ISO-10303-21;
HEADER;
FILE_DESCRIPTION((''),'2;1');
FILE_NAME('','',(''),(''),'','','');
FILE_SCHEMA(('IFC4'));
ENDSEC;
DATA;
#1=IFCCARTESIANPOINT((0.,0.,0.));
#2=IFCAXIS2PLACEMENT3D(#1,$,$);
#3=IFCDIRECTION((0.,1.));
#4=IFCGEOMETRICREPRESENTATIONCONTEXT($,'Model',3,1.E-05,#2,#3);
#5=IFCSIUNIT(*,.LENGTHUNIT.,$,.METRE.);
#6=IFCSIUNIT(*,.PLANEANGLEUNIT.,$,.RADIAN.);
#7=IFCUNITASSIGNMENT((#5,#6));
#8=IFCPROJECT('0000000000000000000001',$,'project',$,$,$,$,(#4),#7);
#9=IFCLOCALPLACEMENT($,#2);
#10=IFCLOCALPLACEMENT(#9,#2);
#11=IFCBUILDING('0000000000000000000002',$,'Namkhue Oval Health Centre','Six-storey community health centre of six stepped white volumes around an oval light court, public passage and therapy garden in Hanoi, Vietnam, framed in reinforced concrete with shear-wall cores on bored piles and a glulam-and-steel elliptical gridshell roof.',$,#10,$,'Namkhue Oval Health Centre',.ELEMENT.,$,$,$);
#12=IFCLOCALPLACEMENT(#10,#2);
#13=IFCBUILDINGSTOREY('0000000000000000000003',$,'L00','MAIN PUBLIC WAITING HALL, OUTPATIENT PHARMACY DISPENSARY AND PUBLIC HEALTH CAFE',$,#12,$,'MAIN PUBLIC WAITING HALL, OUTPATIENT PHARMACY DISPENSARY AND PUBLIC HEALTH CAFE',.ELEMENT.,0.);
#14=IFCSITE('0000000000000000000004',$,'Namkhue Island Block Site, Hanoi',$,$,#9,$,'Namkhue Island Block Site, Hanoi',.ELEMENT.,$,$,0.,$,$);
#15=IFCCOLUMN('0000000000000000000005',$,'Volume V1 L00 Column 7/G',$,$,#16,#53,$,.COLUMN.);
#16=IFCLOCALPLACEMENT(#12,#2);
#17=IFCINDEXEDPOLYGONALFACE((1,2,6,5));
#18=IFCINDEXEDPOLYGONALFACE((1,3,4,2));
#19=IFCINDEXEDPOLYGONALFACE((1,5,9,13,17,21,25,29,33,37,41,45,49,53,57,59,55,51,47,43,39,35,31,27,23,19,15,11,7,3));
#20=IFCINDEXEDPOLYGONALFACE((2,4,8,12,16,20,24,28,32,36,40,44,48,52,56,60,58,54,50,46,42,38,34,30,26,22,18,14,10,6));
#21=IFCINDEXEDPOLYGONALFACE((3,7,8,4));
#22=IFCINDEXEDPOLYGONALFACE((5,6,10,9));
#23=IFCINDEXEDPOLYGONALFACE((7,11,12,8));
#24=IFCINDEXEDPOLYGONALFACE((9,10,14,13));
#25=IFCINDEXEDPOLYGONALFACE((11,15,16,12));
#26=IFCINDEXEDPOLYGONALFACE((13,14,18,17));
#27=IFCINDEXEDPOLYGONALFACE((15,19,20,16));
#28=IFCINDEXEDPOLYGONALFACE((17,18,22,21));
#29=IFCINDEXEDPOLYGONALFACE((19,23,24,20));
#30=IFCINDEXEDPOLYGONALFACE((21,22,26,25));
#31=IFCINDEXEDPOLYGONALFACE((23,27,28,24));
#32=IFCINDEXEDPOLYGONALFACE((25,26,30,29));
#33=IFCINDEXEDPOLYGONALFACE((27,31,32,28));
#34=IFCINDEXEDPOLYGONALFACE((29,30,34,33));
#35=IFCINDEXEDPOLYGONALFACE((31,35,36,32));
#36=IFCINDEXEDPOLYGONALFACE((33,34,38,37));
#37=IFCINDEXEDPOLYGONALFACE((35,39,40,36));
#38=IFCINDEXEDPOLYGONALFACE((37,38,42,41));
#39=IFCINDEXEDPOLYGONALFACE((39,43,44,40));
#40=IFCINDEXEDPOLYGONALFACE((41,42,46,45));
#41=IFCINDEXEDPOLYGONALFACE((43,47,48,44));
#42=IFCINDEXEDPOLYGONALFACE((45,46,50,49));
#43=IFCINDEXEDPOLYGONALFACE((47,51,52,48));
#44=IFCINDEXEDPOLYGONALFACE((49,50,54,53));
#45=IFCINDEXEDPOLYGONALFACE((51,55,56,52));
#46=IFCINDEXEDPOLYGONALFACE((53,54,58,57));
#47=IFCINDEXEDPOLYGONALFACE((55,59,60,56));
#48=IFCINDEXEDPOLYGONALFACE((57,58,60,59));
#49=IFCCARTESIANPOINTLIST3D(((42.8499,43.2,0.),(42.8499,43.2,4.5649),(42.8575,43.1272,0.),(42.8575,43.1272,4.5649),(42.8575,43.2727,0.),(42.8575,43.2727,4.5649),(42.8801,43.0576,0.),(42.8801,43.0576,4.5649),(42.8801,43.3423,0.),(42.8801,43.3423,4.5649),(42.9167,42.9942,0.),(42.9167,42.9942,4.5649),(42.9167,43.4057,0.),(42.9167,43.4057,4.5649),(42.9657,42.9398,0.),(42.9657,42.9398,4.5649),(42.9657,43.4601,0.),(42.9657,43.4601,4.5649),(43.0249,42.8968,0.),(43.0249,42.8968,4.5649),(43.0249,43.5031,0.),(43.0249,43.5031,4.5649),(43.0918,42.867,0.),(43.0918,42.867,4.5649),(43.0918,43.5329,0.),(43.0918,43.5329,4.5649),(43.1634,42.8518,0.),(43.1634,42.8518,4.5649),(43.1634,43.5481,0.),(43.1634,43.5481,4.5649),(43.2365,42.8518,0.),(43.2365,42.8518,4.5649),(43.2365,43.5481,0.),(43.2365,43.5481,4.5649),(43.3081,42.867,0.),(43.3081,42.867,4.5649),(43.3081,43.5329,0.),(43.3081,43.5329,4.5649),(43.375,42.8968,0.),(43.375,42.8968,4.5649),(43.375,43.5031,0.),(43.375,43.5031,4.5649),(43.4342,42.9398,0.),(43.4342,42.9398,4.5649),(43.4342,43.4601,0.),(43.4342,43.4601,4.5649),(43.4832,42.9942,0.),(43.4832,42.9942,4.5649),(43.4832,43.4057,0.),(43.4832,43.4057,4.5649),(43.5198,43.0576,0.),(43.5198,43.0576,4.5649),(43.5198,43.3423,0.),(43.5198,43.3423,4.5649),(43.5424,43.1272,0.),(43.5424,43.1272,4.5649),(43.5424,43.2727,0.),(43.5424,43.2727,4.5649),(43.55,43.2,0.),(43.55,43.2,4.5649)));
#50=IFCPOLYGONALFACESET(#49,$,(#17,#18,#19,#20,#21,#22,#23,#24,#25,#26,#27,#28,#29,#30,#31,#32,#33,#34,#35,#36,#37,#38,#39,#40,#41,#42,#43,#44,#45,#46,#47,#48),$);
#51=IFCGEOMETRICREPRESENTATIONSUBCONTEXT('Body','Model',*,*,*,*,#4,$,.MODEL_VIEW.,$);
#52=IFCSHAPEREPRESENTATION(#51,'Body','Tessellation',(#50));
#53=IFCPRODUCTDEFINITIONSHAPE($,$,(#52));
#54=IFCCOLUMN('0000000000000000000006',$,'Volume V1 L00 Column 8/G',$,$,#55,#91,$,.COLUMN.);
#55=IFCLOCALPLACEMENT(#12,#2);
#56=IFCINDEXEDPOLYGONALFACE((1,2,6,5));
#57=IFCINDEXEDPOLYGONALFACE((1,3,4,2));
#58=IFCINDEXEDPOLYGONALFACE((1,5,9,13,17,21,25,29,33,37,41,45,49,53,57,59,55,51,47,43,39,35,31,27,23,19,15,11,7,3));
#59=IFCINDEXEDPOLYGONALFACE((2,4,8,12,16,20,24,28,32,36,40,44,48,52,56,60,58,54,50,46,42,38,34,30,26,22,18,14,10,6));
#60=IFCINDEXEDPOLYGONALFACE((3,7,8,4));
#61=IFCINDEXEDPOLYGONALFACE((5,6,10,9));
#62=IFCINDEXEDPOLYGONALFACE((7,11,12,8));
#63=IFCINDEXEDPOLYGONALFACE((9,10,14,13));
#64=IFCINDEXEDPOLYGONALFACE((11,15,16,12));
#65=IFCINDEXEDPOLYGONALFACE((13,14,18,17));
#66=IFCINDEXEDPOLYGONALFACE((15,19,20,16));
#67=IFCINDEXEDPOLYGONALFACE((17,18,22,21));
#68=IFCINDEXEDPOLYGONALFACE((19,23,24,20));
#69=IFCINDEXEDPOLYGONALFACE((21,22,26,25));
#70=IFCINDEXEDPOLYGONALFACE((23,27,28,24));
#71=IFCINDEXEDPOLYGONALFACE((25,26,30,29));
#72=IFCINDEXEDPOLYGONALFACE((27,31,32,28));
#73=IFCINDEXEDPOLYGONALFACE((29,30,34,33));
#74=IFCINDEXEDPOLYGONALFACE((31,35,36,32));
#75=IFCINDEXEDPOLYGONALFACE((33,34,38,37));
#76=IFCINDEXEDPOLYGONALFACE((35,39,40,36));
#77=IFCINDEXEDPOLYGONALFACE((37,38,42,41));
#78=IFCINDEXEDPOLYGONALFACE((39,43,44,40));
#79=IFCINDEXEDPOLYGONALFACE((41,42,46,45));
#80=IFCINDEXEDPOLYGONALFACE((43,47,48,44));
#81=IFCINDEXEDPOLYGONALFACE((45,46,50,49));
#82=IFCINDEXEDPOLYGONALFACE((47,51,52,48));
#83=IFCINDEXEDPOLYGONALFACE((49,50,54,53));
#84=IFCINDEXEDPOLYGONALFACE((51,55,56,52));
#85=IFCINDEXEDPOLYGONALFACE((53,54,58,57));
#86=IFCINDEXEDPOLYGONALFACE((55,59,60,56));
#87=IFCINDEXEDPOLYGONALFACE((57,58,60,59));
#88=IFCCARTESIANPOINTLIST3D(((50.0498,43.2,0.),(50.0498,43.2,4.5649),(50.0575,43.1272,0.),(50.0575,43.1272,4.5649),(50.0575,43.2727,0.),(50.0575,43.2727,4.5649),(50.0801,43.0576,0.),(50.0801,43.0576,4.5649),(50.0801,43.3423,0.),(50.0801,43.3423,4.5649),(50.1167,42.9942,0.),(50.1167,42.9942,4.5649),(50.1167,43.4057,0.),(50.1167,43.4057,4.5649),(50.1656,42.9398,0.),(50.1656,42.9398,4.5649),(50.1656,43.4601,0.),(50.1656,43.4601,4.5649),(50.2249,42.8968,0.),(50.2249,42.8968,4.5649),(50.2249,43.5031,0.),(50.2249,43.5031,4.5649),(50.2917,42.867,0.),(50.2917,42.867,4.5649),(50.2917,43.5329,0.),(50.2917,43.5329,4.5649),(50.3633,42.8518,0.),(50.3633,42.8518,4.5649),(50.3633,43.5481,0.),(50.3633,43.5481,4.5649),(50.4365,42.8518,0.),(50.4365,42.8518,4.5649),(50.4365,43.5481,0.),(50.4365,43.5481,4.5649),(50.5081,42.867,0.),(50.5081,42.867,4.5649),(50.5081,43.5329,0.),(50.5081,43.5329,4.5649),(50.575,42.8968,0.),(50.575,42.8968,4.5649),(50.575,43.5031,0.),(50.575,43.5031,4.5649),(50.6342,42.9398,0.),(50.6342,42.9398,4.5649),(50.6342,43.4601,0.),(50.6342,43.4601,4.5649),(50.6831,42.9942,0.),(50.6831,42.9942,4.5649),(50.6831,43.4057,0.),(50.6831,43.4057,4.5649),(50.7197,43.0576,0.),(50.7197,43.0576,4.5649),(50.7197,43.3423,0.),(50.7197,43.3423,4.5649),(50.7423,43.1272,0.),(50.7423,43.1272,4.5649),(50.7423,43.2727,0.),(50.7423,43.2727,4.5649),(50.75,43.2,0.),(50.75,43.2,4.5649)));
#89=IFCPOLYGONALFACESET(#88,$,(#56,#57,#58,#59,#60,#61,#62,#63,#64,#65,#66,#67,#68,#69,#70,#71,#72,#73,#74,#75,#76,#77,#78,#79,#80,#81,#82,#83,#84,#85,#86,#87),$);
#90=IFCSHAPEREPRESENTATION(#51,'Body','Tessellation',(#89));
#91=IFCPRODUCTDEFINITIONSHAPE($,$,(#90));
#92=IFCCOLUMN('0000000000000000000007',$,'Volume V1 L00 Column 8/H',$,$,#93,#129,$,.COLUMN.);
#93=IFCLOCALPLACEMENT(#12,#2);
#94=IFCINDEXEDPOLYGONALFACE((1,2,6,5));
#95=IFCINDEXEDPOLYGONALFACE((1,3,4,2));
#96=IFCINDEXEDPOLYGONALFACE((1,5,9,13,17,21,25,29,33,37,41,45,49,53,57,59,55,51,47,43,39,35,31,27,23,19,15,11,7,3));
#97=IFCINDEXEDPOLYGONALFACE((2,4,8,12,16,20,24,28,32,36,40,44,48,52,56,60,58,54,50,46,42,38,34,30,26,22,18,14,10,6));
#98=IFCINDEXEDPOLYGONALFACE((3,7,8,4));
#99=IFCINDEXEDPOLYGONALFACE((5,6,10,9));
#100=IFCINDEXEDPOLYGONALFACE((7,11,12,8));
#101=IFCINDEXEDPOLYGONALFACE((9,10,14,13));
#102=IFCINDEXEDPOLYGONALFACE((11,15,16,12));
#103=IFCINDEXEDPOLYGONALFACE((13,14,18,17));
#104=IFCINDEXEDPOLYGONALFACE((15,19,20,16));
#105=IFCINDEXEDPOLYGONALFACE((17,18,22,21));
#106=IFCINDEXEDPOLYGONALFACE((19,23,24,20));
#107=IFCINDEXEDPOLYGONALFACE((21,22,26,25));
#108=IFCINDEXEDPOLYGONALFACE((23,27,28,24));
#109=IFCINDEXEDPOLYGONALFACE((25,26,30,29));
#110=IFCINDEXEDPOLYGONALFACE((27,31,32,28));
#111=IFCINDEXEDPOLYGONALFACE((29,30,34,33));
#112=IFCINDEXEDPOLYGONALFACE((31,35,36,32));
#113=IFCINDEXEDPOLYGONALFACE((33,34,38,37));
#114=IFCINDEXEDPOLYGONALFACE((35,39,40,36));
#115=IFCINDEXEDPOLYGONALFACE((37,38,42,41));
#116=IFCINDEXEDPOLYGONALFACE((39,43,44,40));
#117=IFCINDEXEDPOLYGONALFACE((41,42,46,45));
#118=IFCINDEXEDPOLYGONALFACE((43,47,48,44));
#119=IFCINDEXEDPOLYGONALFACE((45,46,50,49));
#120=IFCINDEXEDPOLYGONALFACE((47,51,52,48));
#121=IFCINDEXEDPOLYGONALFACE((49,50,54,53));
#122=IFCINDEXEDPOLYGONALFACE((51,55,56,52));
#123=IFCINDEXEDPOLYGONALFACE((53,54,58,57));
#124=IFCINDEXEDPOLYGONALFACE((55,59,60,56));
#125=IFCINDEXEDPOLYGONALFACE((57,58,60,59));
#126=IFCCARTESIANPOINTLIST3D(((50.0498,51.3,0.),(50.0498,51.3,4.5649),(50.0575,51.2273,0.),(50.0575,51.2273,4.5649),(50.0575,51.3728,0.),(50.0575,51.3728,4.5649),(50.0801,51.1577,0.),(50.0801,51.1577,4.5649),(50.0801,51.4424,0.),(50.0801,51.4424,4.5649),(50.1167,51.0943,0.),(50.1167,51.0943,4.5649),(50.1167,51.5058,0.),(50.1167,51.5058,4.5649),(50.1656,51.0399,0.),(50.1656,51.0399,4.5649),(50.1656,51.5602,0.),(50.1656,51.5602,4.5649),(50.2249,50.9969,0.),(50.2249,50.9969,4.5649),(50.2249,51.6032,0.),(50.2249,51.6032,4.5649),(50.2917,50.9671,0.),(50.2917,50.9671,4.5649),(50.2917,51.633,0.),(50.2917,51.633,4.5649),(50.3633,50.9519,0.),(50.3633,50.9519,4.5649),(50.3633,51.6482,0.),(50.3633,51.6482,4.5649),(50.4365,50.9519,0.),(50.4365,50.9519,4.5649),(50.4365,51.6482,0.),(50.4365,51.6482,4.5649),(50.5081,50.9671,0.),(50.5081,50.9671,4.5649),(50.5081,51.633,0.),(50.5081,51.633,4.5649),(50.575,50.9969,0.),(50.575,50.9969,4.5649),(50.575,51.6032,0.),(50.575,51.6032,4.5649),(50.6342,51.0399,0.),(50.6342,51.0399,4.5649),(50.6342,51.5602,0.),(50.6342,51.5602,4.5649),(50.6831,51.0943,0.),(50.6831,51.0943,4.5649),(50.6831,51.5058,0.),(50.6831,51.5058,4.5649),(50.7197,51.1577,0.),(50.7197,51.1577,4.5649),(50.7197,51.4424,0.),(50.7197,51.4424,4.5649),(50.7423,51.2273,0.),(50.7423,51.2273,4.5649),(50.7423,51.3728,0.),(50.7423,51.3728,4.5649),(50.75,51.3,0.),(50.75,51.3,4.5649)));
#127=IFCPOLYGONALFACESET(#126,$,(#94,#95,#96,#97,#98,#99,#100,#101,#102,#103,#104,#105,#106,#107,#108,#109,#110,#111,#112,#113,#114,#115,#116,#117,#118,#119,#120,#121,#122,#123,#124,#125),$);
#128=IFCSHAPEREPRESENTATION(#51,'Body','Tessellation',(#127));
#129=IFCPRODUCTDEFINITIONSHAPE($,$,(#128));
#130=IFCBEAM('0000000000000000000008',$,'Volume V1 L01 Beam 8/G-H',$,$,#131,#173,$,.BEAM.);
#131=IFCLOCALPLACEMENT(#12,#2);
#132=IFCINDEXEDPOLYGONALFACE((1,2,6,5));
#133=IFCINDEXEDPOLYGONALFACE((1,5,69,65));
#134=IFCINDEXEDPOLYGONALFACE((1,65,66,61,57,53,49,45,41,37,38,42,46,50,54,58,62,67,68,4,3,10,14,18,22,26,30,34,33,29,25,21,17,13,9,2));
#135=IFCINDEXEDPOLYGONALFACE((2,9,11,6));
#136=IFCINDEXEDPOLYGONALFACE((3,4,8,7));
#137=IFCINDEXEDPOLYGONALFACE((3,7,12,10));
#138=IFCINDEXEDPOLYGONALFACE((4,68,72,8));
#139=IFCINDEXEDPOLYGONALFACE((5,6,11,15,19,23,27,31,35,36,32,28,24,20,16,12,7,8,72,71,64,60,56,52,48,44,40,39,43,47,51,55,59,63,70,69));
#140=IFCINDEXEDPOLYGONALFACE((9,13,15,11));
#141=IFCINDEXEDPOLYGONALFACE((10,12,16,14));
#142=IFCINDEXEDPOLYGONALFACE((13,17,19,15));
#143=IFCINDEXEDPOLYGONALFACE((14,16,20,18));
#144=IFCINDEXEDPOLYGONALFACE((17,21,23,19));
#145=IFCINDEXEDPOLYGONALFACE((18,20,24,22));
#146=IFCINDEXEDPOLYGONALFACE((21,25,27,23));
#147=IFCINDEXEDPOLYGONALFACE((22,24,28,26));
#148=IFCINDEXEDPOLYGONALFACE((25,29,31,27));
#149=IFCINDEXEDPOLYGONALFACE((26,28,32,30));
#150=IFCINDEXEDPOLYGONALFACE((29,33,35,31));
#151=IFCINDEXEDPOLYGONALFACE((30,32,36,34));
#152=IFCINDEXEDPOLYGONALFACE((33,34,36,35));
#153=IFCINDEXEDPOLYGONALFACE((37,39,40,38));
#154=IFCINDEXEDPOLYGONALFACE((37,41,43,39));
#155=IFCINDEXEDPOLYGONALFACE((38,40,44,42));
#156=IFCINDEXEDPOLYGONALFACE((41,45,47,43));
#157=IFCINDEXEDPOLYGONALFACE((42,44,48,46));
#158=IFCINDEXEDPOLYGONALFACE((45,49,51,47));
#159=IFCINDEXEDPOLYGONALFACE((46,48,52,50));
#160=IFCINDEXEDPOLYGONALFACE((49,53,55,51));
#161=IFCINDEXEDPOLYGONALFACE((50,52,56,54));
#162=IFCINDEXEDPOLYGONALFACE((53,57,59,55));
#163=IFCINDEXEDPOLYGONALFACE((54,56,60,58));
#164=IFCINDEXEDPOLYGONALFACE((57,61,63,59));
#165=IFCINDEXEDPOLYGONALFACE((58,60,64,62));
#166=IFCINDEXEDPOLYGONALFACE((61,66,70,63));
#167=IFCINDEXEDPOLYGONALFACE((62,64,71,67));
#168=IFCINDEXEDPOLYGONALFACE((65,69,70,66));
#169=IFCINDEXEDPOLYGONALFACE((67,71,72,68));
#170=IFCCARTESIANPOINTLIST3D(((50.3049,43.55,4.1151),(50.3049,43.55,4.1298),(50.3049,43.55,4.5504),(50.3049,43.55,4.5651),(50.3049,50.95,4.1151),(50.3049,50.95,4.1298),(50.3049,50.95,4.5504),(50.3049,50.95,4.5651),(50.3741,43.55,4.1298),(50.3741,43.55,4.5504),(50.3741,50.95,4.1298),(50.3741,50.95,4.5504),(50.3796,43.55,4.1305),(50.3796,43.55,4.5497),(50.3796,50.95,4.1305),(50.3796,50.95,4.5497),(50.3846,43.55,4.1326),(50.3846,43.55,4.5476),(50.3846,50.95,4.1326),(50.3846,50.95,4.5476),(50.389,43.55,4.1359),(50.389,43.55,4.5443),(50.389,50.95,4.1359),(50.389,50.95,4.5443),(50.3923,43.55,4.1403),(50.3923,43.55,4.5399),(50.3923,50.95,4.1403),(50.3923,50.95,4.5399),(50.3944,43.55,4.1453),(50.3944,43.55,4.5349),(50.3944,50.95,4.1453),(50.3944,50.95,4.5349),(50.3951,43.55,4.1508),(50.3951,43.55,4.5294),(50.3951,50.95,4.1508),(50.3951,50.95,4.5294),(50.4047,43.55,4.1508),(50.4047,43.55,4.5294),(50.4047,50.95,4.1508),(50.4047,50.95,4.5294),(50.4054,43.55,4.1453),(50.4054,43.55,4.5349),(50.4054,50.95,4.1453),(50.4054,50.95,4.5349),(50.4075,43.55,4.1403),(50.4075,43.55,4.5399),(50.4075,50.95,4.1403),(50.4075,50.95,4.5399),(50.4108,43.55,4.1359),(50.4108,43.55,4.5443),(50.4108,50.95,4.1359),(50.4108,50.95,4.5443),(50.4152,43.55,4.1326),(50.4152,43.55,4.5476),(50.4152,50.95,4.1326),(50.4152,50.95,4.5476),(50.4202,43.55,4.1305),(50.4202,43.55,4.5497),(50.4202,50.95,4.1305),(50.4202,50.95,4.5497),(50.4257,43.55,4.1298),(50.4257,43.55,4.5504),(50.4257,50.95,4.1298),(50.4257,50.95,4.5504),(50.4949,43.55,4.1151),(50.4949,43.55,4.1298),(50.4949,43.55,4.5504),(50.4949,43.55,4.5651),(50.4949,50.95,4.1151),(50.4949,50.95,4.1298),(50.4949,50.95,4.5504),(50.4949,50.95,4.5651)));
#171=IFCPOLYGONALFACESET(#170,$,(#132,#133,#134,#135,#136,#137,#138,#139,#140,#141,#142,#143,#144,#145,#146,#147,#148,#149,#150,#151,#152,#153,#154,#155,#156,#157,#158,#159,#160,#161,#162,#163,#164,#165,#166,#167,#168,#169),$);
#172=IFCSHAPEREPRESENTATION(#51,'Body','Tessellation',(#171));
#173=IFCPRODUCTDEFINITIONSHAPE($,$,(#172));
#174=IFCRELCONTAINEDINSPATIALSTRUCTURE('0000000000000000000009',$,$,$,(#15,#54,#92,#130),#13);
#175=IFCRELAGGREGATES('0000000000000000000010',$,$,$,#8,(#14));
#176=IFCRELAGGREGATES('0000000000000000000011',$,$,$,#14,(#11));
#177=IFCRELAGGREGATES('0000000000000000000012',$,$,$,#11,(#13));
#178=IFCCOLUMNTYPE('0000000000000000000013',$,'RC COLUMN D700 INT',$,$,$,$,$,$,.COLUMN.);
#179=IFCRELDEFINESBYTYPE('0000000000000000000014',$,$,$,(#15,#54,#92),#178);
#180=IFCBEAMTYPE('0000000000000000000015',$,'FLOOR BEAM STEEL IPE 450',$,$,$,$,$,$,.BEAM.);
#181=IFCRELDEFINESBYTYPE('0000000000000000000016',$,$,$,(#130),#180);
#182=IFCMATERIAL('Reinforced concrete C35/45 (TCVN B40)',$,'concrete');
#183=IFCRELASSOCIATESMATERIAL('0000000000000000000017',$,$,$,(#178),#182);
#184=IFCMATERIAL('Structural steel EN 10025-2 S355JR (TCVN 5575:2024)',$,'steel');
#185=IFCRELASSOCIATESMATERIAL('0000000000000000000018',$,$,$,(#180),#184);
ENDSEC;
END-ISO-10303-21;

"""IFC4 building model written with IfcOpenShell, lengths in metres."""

from ifc_helpers import new_model, si_unit, direction, frame, origin, origin_2d, place, context, subcontext, project, spatial, circle, i_section, extrude, material, material_profile, profile_set, type_object, element, save


model = new_model("IFC4")

# Units and contexts
model_context = context("Model", 3, precision=1e-05, world=origin(), true_north=direction((0.0, 1.0)))
body_context = subcontext(model_context, "Body", "Model", "MODEL_VIEW")
ifc_project = project(units=[si_unit("LENGTHUNIT", "METRE"), si_unit("PLANEANGLEUNIT", "RADIAN")], contexts=[model_context])

# Site, building, storey
site_placement = place(None, origin())
site = spatial("IfcSite", under=ifc_project, at=site_placement, Name="Namkhue Island Block Site, Hanoi", LongName="Namkhue Island Block Site, Hanoi", CompositionType="ELEMENT", RefElevation=0.0)
building_placement = place(site_placement, origin())
building = spatial("IfcBuilding", under=site, at=building_placement, Name="Namkhue Oval Health Centre", Description="Six-storey community health centre of six stepped white volumes around an oval light court, public passage and therapy garden in Hanoi, Vietnam, framed in reinforced concrete with shear-wall cores on bored piles and a glulam-and-steel elliptical gridshell roof.", LongName="Namkhue Oval Health Centre", CompositionType="ELEMENT")
storey_placement = place(building_placement, origin())
storey = spatial("IfcBuildingStorey", under=building, at=storey_placement, Name="L00", Description="MAIN PUBLIC WAITING HALL, OUTPATIENT PHARMACY DISPENSARY AND PUBLIC HEALTH CAFE", LongName="MAIN PUBLIC WAITING HALL, OUTPATIENT PHARMACY DISPENSARY AND PUBLIC HEALTH CAFE", CompositionType="ELEMENT", Elevation=0.0)

# Columns
ifc_material_1 = material(Name="Reinforced concrete C35/45 (TCVN B40)", Category="concrete")
ifc_material_profile_1 = material_profile(ifc_material_1, circle(Radius=0.3501, at=origin_2d()), Name="RC D700")
ifc_profile_set_1 = profile_set([ifc_material_profile_1], Name="Reinforced concrete C35/45 (TCVN B40)")
column_type_1 = type_object("IfcColumnType", Name="RC COLUMN D700 INT", PredefinedType="COLUMN", material=ifc_profile_set_1)
for number, where, z_axis, x_axis, name in (
    (1, (43.2, 43.2, 0.0), (0.0, 0.0, 1.0), (1.0, 0.0, 0.0), "Volume V1 L00 Column 7/G"),
    (2, (50.3999, 43.2, 0.0), (0.0, 0.0, 1.0), (1.0, 0.0, 0.0), "Volume V1 L00 Column 8/G"),
    (3, (50.3999, 51.3, 0.0), (0.0, 0.0, 1.0), (1.0, 0.0, 0.0), "Volume V1 L00 Column 8/H"),
):
    element("IfcColumn", number, at=place(storey_placement, frame(where, z_axis=z_axis, x_axis=x_axis)), inside=storey, type_object=column_type_1, Name=name, PredefinedType="COLUMN", context=body_context, shape_type="SweptSolid", body=[
        extrude(circle(Radius=0.3501, at=origin_2d()), origin(), (0.0, 0.0, 1.0), 4.5649),
    ])

# Beam
ifc_material_2 = material(Name="Structural steel EN 10025-2 S355JR (TCVN 5575:2024)", Category="steel")
ifc_material_profile_2 = material_profile(ifc_material_2, i_section(OverallWidth=0.1899, OverallDepth=0.45, WebThickness=0.0095, FlangeThickness=0.0146, FilletRadius=0.021, at=origin_2d()), Name="IPE 450")
ifc_profile_set_2 = profile_set([ifc_material_profile_2], Name="Structural steel EN 10025-2 S355JR (TCVN 5575:2024)")
beam_type_1 = type_object("IfcBeamType", Name="FLOOR BEAM STEEL IPE 450", PredefinedType="BEAM", material=ifc_profile_set_2)
beam_1_placement = place(storey_placement, frame((50.3999, 43.55, 4.3401), z_axis=(0.0, 1.0, 0.0), x_axis=(-1.0, 0.0, 0.0)))
element("IfcBeam", 4, at=beam_1_placement, inside=storey, type_object=beam_type_1, Name="Volume V1 L01 Beam 8/G-H", PredefinedType="BEAM", context=body_context, shape_type="SweptSolid", body=[
    extrude(i_section(OverallWidth=0.1899, OverallDepth=0.45, WebThickness=0.0095, FlangeThickness=0.0146, FilletRadius=0.021, at=origin_2d()), origin(), (0.0, 0.0, 1.0), 7.3999),
])

save(model, "model.ifc")
